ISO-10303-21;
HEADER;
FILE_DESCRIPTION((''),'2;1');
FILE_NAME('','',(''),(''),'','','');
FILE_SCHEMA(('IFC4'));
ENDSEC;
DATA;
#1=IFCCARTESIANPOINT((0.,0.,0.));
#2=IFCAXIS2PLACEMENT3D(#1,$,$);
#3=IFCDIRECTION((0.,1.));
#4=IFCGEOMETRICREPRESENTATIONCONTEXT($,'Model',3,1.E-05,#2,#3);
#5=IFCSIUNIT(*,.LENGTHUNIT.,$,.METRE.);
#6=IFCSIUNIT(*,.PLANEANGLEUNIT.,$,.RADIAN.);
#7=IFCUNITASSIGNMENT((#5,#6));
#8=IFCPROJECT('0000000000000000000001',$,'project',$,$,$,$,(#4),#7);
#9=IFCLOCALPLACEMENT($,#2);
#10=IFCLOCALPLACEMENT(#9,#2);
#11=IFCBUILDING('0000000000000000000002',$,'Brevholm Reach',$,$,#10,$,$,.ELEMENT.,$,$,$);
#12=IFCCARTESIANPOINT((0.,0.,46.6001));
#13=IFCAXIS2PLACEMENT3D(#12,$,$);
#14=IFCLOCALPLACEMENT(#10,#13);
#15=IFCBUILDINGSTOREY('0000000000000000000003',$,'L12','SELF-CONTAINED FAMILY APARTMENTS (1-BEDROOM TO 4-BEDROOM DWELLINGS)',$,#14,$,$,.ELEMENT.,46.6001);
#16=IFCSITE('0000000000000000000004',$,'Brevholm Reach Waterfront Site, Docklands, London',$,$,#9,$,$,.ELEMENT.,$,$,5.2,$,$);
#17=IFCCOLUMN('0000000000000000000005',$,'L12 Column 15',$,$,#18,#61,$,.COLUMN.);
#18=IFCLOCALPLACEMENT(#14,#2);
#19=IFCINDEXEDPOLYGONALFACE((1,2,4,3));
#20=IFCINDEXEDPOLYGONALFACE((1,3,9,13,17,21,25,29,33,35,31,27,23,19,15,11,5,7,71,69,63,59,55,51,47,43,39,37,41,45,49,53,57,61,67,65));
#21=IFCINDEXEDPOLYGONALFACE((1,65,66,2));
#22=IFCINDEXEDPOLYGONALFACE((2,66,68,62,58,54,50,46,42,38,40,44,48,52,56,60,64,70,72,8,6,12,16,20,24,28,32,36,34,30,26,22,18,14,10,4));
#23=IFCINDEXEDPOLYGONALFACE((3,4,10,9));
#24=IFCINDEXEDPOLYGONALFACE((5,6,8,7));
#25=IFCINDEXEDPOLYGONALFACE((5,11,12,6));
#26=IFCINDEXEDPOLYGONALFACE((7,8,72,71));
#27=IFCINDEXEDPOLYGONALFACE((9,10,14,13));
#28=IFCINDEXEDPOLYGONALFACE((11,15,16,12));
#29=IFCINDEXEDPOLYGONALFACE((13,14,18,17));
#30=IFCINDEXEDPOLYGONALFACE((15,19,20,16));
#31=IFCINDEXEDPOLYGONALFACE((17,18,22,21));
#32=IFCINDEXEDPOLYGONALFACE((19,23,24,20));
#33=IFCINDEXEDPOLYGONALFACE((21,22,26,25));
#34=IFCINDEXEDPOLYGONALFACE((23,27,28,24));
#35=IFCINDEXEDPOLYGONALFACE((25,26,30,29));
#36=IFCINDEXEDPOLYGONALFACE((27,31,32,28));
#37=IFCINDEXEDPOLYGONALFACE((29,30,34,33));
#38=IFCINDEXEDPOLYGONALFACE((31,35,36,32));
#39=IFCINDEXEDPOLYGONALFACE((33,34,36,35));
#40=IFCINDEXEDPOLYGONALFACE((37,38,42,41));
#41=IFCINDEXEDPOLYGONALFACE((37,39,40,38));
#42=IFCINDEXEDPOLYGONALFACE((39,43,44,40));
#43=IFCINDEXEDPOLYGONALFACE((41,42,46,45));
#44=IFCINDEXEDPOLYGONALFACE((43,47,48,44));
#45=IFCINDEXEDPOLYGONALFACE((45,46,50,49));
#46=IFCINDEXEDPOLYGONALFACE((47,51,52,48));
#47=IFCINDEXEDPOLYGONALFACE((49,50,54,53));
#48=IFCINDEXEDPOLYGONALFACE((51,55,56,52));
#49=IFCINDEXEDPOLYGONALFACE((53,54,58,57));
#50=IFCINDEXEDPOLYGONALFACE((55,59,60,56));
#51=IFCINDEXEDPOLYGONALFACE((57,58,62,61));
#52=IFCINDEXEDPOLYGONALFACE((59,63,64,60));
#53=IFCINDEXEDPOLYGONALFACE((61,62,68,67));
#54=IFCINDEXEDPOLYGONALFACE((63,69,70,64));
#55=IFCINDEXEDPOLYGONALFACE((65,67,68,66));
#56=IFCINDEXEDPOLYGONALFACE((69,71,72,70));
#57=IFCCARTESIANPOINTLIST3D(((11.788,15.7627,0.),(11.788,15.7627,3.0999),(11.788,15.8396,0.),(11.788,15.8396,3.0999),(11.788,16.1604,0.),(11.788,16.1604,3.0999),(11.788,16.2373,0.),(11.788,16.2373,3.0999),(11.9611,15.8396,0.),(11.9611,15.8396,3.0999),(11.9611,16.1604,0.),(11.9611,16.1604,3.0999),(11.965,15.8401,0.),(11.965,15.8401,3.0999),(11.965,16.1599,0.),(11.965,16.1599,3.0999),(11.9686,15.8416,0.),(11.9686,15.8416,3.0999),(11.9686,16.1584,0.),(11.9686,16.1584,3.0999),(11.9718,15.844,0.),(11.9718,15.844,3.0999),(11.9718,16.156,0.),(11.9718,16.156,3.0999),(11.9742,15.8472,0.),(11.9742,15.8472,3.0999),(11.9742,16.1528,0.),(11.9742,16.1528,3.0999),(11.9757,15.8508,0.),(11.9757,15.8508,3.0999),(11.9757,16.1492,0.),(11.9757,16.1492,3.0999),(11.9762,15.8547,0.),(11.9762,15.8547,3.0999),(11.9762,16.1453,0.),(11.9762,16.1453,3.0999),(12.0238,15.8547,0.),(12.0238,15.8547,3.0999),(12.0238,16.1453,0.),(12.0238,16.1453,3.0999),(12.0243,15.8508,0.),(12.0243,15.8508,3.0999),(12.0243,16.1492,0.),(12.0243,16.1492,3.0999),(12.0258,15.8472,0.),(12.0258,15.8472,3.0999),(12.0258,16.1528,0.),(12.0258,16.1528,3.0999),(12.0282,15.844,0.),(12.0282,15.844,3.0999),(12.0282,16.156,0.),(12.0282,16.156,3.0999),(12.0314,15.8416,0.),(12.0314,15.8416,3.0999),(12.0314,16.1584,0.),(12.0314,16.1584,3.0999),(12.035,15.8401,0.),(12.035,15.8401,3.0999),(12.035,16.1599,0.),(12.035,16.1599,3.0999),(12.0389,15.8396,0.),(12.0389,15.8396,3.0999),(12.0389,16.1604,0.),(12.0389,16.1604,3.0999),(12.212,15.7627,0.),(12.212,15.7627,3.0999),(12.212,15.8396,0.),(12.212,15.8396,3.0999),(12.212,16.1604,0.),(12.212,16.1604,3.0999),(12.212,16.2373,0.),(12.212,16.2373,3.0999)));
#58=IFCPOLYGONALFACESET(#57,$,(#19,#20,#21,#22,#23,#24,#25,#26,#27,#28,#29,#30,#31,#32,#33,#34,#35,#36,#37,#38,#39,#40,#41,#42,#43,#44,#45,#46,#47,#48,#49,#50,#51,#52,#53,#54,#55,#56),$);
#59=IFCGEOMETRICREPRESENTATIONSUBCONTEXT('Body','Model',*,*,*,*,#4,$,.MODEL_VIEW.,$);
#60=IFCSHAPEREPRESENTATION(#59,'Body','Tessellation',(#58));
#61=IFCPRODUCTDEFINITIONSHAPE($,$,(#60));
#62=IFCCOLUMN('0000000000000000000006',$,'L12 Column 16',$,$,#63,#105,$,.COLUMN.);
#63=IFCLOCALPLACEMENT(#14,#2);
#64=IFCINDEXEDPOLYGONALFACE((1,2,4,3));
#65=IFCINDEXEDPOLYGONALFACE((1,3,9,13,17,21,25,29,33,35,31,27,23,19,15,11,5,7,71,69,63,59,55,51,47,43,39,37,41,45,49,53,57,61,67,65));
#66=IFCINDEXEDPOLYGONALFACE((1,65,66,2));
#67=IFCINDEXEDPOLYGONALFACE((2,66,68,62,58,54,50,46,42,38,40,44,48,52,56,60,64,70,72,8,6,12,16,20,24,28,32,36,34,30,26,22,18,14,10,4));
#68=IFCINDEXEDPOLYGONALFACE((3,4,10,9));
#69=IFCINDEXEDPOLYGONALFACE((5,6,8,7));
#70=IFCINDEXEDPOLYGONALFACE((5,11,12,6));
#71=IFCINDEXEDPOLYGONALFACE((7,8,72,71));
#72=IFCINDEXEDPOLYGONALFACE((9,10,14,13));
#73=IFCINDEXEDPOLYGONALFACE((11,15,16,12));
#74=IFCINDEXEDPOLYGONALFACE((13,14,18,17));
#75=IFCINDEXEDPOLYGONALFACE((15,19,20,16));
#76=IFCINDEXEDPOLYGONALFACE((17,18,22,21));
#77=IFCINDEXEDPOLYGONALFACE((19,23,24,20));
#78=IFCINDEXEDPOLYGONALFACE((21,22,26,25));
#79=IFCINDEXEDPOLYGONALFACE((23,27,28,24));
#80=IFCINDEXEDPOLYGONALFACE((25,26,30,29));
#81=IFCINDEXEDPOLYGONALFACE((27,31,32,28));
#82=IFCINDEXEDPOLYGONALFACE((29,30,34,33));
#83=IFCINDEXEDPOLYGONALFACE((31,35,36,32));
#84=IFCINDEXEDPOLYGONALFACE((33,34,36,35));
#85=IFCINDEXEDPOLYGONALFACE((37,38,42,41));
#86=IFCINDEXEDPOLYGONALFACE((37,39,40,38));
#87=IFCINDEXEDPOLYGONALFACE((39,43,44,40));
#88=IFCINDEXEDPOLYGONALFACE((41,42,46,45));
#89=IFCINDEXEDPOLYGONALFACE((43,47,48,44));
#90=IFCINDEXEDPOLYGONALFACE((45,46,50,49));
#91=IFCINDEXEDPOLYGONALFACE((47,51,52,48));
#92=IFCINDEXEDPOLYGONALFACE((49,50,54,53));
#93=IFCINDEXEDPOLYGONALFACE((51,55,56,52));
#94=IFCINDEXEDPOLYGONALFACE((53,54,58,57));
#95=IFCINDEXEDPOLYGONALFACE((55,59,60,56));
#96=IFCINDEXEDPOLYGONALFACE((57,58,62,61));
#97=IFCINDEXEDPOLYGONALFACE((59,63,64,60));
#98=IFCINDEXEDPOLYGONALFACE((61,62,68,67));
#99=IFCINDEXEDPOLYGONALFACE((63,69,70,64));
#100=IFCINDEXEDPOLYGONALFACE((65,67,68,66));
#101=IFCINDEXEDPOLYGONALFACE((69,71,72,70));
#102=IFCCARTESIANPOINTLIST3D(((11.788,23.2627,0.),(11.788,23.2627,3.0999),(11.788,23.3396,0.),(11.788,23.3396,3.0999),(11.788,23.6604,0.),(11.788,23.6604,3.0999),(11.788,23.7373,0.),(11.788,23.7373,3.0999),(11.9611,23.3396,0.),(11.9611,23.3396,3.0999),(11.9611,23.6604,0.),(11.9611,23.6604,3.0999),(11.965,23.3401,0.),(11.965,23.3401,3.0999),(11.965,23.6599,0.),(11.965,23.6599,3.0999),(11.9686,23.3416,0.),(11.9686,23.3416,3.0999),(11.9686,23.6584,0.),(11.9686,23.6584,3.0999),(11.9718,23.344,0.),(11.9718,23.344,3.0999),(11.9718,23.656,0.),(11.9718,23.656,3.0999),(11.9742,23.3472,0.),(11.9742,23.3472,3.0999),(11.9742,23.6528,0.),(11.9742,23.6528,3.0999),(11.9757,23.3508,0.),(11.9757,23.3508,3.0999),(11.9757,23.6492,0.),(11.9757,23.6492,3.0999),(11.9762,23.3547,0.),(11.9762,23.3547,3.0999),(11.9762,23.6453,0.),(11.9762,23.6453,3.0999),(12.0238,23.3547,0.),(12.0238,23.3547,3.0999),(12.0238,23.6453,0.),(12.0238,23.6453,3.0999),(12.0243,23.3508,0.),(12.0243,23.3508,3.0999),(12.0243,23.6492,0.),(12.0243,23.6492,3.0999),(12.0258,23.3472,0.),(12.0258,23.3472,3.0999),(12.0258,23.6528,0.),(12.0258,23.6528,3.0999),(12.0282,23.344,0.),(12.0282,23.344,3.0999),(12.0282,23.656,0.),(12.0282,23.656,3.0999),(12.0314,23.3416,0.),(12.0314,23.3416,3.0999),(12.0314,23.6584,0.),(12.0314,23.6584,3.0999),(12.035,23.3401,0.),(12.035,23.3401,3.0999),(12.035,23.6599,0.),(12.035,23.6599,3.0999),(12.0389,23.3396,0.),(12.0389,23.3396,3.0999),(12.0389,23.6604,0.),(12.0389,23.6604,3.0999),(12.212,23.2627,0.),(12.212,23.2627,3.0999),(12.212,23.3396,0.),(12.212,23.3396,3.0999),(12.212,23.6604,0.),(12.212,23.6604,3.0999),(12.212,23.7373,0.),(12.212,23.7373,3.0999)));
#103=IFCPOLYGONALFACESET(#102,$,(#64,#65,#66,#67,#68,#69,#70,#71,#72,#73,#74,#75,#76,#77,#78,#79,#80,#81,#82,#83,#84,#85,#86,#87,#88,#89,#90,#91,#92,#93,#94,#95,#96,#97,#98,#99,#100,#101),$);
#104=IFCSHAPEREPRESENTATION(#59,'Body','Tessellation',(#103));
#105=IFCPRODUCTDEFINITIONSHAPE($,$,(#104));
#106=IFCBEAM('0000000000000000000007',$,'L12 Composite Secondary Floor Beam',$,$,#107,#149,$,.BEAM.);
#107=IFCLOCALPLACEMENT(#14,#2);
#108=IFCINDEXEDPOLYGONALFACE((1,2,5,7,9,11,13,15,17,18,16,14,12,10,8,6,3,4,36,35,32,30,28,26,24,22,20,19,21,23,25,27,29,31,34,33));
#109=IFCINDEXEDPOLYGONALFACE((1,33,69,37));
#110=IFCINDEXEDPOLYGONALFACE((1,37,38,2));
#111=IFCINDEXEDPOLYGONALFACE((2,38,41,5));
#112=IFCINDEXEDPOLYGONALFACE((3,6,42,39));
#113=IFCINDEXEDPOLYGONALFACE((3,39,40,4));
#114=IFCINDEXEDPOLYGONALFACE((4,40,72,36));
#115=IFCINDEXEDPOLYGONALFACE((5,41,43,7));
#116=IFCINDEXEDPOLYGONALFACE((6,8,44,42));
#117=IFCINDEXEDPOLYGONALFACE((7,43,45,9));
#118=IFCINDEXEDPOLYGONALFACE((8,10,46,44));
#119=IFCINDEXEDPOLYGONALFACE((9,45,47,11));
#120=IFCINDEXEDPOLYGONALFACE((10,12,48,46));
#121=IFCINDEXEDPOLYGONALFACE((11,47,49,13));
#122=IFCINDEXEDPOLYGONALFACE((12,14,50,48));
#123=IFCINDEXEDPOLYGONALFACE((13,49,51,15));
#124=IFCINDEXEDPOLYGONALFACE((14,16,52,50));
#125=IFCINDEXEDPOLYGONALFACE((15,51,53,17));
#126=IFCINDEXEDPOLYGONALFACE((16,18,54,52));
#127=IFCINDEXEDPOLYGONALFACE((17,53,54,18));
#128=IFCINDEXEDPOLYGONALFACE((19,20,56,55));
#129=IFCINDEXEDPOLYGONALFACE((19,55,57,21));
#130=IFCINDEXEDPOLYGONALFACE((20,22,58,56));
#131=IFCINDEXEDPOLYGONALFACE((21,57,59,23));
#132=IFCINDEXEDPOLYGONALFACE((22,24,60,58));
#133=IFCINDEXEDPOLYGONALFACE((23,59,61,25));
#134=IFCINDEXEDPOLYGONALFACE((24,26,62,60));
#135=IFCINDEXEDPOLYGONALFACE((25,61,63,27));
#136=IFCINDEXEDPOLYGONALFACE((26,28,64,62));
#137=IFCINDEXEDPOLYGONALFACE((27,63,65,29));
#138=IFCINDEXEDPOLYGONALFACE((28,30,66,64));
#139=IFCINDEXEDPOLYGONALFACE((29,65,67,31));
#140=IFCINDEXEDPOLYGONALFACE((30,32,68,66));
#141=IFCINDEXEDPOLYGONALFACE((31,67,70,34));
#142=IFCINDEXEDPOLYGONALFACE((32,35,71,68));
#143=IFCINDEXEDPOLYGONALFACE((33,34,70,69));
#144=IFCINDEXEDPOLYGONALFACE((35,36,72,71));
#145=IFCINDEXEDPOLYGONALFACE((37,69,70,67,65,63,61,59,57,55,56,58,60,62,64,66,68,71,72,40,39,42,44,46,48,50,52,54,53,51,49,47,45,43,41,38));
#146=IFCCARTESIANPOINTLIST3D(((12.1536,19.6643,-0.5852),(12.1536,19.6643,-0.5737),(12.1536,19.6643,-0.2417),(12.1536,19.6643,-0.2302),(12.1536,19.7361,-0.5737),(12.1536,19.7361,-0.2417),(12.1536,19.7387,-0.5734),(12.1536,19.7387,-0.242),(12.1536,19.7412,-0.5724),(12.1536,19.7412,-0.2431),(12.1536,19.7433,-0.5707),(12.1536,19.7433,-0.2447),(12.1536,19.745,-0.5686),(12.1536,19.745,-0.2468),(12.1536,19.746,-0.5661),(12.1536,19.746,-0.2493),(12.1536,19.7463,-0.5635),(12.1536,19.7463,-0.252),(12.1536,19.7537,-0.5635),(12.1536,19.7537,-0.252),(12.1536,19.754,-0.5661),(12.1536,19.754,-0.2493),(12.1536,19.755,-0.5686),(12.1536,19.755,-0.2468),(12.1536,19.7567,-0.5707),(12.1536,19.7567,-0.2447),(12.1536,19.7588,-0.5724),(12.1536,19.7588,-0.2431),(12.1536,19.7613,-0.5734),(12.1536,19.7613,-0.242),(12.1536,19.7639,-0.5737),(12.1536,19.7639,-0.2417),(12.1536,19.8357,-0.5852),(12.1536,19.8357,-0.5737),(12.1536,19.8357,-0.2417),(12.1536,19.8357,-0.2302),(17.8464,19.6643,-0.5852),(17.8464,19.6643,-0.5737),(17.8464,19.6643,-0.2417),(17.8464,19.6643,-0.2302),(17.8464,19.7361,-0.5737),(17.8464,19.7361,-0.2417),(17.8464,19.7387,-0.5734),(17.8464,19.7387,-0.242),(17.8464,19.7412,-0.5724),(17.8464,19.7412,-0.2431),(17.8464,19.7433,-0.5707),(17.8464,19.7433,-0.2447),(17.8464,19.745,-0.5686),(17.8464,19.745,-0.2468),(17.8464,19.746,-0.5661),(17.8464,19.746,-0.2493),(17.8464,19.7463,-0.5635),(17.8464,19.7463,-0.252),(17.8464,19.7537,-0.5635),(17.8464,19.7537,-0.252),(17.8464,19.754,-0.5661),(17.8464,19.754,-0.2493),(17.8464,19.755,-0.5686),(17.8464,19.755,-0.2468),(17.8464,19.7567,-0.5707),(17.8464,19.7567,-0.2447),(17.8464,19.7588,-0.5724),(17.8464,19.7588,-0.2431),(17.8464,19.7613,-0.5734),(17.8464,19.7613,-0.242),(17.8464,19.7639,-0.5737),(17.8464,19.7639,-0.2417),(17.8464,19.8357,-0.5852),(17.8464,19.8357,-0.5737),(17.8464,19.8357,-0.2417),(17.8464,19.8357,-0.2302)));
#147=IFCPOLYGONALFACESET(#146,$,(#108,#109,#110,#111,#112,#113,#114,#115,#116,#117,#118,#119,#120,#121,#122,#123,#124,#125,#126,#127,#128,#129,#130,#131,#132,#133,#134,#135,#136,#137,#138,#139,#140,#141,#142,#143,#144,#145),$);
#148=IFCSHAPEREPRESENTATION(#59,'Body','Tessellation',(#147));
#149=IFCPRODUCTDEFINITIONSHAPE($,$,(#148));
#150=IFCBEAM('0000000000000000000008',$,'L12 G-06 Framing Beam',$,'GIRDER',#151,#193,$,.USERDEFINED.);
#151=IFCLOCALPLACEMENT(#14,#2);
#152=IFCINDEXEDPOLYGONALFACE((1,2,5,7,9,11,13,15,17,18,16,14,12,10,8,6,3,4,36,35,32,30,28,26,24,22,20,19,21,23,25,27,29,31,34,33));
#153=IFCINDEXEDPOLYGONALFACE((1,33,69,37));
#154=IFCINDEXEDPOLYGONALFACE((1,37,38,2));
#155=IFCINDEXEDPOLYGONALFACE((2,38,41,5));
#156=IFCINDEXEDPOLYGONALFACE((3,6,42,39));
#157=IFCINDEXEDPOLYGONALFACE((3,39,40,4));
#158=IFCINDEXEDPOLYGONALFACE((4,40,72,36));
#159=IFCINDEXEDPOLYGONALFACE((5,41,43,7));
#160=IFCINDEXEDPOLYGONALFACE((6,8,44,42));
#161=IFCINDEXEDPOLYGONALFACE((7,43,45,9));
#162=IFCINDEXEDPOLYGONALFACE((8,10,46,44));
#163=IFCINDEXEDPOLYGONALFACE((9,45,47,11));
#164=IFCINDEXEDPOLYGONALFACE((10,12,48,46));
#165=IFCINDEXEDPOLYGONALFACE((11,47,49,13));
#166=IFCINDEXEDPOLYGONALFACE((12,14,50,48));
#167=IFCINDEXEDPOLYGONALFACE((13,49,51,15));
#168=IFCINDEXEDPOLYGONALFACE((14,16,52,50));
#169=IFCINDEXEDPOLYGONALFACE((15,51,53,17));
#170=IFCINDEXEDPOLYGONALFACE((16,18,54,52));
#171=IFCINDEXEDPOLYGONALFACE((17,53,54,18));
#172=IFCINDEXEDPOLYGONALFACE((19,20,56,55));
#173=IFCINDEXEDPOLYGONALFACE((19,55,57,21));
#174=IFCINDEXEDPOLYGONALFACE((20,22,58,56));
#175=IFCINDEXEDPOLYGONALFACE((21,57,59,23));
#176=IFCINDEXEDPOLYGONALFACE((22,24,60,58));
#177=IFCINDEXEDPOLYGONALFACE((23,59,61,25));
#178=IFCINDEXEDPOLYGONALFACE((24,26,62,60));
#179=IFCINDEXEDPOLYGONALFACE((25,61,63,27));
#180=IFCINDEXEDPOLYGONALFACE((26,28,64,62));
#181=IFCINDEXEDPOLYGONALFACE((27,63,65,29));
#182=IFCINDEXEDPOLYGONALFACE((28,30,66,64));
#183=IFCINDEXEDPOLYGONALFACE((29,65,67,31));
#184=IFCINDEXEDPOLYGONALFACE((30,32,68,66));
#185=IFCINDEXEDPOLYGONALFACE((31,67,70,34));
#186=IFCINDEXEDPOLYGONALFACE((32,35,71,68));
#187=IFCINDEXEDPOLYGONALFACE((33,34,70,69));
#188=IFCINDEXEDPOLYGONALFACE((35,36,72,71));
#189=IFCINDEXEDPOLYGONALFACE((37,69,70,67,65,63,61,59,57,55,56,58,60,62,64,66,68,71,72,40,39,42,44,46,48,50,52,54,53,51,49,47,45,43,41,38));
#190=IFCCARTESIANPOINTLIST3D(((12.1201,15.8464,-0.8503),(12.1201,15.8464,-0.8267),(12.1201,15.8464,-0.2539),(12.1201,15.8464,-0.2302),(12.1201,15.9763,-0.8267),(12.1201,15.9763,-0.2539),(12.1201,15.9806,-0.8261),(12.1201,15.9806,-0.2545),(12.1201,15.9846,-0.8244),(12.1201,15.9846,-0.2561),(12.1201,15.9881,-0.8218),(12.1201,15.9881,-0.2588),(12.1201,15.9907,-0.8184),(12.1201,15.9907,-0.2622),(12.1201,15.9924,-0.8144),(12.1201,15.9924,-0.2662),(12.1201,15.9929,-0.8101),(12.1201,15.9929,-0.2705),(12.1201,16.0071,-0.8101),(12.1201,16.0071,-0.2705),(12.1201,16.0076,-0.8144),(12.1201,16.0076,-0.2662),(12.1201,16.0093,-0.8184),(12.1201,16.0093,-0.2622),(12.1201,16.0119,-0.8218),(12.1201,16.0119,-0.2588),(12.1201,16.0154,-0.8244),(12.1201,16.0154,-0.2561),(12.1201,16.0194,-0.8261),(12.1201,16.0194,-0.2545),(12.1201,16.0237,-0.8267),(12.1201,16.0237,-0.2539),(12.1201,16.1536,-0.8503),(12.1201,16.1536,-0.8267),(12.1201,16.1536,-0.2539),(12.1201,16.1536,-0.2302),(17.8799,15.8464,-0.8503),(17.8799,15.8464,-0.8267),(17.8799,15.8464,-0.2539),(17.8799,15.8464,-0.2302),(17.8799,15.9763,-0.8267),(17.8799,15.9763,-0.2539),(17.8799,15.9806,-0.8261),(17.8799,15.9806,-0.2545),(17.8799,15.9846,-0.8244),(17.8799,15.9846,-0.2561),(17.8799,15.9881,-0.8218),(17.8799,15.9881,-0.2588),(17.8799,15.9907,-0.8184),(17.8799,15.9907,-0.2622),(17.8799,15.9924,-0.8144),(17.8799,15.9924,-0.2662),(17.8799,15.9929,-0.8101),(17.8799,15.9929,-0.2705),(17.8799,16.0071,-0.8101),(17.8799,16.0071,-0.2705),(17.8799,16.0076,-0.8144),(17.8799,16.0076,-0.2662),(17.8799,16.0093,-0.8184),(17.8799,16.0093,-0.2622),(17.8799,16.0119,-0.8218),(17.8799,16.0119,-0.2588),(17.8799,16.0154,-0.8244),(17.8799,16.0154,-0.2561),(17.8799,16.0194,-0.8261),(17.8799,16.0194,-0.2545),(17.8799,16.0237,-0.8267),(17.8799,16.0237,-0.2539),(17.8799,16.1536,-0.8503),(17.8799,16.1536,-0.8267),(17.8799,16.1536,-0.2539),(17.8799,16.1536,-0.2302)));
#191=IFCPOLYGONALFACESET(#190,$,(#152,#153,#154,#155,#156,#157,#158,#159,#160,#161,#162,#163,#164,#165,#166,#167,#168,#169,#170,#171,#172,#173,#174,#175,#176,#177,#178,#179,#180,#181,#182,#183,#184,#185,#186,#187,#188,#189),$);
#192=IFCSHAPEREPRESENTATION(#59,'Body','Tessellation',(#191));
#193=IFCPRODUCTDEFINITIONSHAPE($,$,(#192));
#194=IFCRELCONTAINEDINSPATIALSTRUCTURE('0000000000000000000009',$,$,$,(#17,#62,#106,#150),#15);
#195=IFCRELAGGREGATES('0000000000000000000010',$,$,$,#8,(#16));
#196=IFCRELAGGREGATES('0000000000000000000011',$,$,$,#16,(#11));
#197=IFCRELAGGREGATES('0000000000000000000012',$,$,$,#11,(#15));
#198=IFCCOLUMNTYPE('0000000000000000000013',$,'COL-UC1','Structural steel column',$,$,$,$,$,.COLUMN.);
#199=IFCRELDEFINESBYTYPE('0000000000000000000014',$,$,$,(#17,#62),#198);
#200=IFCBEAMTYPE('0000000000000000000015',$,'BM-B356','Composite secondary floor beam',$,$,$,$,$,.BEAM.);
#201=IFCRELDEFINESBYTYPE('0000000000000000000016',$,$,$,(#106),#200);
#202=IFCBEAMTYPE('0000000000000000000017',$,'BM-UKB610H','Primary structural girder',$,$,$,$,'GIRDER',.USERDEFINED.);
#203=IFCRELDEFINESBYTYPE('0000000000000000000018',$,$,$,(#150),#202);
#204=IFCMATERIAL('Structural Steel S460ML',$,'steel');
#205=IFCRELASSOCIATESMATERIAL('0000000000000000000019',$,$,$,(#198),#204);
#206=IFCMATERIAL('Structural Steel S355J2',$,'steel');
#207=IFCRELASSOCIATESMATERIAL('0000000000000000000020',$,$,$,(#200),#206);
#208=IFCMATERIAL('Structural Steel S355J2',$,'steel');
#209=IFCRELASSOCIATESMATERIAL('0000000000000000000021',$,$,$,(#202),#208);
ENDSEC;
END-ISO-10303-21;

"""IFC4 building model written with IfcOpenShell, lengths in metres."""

from ifc_helpers import new_model, si_unit, direction, frame, origin, origin_2d, place, context, subcontext, project, spatial, i_section, extrude, material, material_profile, profile_set, type_object, element, save


model = new_model("IFC4")

# Units and contexts
model_context = context("Model", 3, precision=1e-05, world=origin(), true_north=direction((0.0, 1.0)))
body_context = subcontext(model_context, "Body", "Model", "MODEL_VIEW")
ifc_project = project(units=[si_unit("LENGTHUNIT", "METRE"), si_unit("PLANEANGLEUNIT", "RADIAN")], contexts=[model_context])

# Site, building, storey
site_placement = place(None, origin())
site = spatial("IfcSite", under=ifc_project, at=site_placement, Name="Brevholm Reach Waterfront Site, Docklands, London", CompositionType="ELEMENT", RefElevation=5.2)
building_placement = place(site_placement, origin())
building = spatial("IfcBuilding", under=site, at=building_placement, Name="Brevholm Reach", CompositionType="ELEMENT")
storey_placement = place(building_placement, frame((0.0, 0.0, 46.6001)))
storey = spatial("IfcBuildingStorey", under=building, at=storey_placement, Name="L12", Description="SELF-CONTAINED FAMILY APARTMENTS (1-BEDROOM TO 4-BEDROOM DWELLINGS)", CompositionType="ELEMENT", Elevation=46.6001)

# Columns
ifc_material_1 = material(Name="Structural Steel S460ML", Category="steel")
ifc_material_profile_1 = material_profile(ifc_material_1, i_section(OverallWidth=0.4241, OverallDepth=0.4746, WebThickness=0.0476, FlangeThickness=0.0769, FilletRadius=0.0151, at=origin_2d()), Name="UKC 356x406x634")
ifc_profile_set_1 = profile_set([ifc_material_profile_1], Name="Structural Steel S460ML")
column_type = type_object("IfcColumnType", Name="COL-UC1", Description="Structural steel column", PredefinedType="COLUMN", material=ifc_profile_set_1)
for number, where, z_axis, x_axis, name in (
    (1, (12.0, 16.0, 0.0), (0.0, 0.0, 1.0), (1.0, 0.0, 0.0), "L12 Column 15"),
    (2, (12.0, 23.5, 0.0), (0.0, 0.0, 1.0), (1.0, 0.0, 0.0), "L12 Column 16"),
):
    element("IfcColumn", number, at=place(storey_placement, frame(where, z_axis=z_axis, x_axis=x_axis)), inside=storey, type_object=column_type, Name=name, PredefinedType="COLUMN", context=body_context, shape_type="SweptSolid", body=[
        extrude(i_section(OverallWidth=0.4241, OverallDepth=0.4746, WebThickness=0.0476, FlangeThickness=0.0769, FilletRadius=0.0151, at=origin_2d()), origin(), (0.0, 0.0, 1.0), 3.0999),
    ])

# Beams
ifc_material_2 = material(Name="Structural Steel S355J2", Category="steel")
ifc_material_profile_2 = material_profile(ifc_material_2, i_section(OverallWidth=0.1714, OverallDepth=0.355, WebThickness=0.0073, FlangeThickness=0.0115, FilletRadius=0.0103, at=origin_2d()), Name="UKB 356x171x51")
ifc_profile_set_2 = profile_set([ifc_material_profile_2], Name="Structural Steel S355J2")
beam_type_1 = type_object("IfcBeamType", Name="BM-B356", Description="Composite secondary floor beam", PredefinedType="BEAM", material=ifc_profile_set_2)
beam_1_placement = place(storey_placement, frame((12.1536, 19.75, -0.4077), z_axis=(1.0, 0.0, 0.0), x_axis=(0.0, 1.0, 0.0)))
element("IfcBeam", 3, at=beam_1_placement, inside=storey, type_object=beam_type_1, Name="L12 Composite Secondary Floor Beam", PredefinedType="BEAM", context=body_context, shape_type="SweptSolid", body=[
    extrude(i_section(OverallWidth=0.1714, OverallDepth=0.355, WebThickness=0.0073, FlangeThickness=0.0115, FilletRadius=0.0103, at=origin_2d()), origin(), (0.0, 0.0, 1.0), 5.6929),
])
ifc_material_3 = material(Name="Structural Steel S355J2", Category="steel")
ifc_material_profile_3 = material_profile(ifc_material_3, i_section(OverallWidth=0.3071, OverallDepth=0.6201, WebThickness=0.0142, FlangeThickness=0.0237, FilletRadius=0.0166, at=origin_2d()), Name="UKB 610x305x179")
ifc_profile_set_3 = profile_set([ifc_material_profile_3], Name="Structural Steel S355J2")
beam_type_2 = type_object("IfcBeamType", Name="BM-UKB610H", Description="Primary structural girder", ElementType="GIRDER", PredefinedType="USERDEFINED", material=ifc_profile_set_3)
for number, where, z_axis, x_axis, name in (
    (4, (12.1201, 16.0, -0.5403), (1.0, 0.0, 0.0), (0.0, 1.0, 0.0), "L12 G-06 Framing Beam"),
):
    element("IfcBeam", number, at=place(storey_placement, frame(where, z_axis=z_axis, x_axis=x_axis)), inside=storey, type_object=beam_type_2, Name=name, ObjectType="GIRDER", PredefinedType="USERDEFINED", context=body_context, shape_type="SweptSolid", body=[
        extrude(i_section(OverallWidth=0.3071, OverallDepth=0.6201, WebThickness=0.0142, FlangeThickness=0.0237, FilletRadius=0.0166, at=origin_2d()), origin(), (0.0, 0.0, 1.0), 5.7598),
    ])

save(model, "model.ifc")
